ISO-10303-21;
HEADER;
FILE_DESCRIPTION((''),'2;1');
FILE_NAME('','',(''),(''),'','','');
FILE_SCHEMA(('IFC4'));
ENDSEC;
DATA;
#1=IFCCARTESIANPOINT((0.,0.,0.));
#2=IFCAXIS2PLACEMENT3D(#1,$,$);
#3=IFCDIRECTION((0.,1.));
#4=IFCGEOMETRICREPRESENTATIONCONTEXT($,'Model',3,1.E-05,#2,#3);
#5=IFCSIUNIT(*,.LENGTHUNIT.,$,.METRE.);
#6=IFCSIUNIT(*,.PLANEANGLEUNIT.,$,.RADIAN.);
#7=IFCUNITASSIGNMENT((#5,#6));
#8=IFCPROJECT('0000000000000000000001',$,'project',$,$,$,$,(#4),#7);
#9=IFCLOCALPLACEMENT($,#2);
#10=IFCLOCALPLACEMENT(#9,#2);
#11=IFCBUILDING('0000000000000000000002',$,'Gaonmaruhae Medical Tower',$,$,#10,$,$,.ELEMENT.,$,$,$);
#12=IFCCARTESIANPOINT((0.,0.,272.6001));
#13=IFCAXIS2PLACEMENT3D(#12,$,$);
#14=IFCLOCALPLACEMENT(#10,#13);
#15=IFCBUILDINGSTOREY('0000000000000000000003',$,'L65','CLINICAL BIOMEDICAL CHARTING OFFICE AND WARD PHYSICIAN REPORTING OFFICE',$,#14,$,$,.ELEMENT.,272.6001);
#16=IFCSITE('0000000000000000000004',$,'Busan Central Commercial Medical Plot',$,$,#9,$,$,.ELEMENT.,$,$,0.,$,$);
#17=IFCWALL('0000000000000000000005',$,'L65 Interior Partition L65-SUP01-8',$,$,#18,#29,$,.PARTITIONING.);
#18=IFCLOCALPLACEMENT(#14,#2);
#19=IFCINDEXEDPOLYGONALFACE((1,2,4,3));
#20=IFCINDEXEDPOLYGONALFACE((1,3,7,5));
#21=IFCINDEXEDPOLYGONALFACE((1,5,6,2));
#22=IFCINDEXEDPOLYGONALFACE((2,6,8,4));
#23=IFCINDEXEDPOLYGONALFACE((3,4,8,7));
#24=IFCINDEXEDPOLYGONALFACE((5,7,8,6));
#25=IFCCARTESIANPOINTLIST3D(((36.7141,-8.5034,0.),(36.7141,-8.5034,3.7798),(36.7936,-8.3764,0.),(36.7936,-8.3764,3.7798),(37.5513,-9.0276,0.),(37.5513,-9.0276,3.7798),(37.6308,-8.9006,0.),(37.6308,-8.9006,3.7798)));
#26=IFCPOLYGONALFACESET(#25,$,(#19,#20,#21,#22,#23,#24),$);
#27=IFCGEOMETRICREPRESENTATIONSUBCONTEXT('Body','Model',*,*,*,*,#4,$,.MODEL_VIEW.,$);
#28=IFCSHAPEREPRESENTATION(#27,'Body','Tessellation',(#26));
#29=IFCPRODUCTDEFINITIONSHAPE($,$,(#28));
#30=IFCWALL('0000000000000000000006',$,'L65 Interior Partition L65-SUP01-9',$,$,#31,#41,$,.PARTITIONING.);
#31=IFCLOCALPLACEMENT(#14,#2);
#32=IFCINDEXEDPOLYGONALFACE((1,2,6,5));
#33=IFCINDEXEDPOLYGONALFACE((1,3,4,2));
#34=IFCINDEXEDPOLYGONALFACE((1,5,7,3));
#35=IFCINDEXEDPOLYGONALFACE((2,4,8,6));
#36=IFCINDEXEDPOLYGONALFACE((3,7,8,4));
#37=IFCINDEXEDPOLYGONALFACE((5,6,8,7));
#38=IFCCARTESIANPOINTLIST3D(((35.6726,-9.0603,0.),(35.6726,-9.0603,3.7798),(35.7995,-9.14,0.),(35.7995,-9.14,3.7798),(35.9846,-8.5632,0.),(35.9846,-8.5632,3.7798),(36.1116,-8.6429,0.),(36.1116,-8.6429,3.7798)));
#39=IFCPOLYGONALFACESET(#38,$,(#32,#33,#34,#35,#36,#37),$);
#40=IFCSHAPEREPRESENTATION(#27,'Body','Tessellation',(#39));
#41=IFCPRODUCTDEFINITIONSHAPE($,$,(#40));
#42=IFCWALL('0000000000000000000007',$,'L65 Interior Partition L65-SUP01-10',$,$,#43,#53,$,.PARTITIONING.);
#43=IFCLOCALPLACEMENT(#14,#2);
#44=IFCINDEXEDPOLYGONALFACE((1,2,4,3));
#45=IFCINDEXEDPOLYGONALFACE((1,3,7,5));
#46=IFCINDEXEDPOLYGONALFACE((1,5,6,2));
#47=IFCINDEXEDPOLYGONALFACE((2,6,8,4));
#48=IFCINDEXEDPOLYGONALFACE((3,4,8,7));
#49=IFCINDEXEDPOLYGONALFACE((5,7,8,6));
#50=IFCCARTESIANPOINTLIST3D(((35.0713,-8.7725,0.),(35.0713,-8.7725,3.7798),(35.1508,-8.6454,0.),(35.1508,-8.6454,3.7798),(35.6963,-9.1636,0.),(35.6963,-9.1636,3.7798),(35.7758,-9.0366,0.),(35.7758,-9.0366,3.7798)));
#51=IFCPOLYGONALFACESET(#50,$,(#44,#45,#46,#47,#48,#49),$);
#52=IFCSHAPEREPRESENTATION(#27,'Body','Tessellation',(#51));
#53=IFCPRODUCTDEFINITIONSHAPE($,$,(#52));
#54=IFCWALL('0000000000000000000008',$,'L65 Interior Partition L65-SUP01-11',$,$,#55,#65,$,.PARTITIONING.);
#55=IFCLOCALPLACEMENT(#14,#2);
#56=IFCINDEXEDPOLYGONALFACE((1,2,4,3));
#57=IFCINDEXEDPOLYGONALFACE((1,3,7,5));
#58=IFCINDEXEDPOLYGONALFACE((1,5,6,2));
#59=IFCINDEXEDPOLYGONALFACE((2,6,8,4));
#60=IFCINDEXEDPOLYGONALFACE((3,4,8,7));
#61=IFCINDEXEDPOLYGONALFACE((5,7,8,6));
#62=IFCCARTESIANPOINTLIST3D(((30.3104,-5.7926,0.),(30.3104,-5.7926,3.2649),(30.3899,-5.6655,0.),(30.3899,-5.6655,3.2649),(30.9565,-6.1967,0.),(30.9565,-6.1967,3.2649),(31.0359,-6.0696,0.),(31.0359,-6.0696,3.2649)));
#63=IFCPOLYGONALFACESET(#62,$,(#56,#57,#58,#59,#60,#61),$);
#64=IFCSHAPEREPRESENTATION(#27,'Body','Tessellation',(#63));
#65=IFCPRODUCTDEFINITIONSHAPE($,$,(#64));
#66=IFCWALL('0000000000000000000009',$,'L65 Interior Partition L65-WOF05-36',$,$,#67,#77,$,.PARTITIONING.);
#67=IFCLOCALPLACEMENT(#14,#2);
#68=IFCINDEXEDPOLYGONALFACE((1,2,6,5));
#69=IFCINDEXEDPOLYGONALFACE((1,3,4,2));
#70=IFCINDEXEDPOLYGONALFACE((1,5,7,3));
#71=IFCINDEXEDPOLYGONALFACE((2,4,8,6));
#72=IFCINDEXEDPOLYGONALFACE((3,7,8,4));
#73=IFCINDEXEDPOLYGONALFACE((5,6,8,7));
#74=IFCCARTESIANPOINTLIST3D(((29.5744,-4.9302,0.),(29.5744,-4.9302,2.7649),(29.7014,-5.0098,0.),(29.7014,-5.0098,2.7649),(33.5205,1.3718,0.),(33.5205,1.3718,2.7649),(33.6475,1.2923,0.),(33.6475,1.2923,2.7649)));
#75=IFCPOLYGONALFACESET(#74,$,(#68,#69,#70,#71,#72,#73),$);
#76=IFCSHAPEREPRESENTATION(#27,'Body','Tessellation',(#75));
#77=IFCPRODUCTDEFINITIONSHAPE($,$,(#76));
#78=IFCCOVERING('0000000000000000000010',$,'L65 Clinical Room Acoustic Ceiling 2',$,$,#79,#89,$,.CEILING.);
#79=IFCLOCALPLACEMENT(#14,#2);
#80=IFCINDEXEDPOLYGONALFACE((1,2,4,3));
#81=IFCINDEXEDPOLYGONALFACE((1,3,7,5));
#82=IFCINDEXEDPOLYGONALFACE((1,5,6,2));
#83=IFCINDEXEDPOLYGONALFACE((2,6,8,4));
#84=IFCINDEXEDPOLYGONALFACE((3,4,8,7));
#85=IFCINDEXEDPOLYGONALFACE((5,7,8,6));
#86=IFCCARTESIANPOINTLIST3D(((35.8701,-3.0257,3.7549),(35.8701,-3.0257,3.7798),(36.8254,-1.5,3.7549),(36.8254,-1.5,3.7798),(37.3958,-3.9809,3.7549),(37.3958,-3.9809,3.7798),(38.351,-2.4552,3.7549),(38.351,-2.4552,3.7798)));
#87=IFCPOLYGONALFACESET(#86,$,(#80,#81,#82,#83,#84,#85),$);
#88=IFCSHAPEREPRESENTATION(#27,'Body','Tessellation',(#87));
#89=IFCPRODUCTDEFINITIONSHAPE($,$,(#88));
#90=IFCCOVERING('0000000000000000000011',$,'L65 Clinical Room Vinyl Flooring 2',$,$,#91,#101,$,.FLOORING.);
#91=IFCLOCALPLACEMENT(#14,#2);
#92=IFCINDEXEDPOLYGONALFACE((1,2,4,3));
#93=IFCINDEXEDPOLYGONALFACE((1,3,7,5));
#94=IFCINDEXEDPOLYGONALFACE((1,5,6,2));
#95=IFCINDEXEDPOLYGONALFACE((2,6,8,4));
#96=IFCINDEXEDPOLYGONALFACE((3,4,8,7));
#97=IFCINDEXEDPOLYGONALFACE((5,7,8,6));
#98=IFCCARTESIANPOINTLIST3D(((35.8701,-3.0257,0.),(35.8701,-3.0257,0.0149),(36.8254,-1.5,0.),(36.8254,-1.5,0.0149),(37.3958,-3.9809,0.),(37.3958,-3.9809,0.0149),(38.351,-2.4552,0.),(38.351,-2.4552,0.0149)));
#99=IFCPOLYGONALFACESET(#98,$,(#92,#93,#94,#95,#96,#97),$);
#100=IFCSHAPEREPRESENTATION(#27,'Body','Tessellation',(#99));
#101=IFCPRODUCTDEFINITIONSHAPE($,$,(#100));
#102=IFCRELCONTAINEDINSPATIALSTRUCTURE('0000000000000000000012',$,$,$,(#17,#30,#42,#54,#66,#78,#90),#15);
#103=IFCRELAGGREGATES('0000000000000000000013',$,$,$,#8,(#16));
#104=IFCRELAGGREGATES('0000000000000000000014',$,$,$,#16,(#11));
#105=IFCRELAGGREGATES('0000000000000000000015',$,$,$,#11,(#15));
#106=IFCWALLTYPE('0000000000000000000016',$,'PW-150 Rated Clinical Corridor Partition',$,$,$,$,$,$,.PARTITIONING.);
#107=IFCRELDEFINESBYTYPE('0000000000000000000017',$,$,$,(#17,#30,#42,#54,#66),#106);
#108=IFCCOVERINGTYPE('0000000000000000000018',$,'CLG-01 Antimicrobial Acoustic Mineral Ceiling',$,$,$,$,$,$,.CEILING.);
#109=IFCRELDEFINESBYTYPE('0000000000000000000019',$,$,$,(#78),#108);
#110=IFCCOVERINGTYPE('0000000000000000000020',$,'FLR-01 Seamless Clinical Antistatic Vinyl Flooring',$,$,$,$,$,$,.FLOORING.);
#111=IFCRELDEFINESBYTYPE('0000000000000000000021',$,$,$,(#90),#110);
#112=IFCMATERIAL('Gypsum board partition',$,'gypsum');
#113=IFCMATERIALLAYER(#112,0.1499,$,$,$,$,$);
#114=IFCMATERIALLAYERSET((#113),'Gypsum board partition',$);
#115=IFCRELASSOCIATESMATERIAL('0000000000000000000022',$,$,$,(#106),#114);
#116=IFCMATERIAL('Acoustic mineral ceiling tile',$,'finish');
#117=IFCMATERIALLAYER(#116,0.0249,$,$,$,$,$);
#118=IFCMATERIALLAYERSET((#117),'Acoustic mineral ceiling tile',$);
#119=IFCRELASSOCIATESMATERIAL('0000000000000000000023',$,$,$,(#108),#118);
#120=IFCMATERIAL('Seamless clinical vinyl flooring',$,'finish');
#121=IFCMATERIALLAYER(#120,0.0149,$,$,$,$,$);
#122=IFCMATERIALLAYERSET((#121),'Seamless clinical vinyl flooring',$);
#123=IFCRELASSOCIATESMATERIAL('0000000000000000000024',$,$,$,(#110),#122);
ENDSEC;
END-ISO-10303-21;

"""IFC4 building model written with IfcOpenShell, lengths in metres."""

from ifc_helpers import new_model, si_unit, direction, frame, frame_2d, origin, origin_2d, place, context, subcontext, project, spatial, rectangle, extrude, material, layer, layer_set, type_object, element, save


model = new_model("IFC4")

# Units and contexts
model_context = context("Model", 3, precision=1e-05, world=origin(), true_north=direction((0.0, 1.0)))
body_context = subcontext(model_context, "Body", "Model", "MODEL_VIEW")
ifc_project = project(units=[si_unit("LENGTHUNIT", "METRE"), si_unit("PLANEANGLEUNIT", "RADIAN")], contexts=[model_context])

# Site, building, storey
site_placement = place(None, origin())
site = spatial("IfcSite", under=ifc_project, at=site_placement, Name="Busan Central Commercial Medical Plot", CompositionType="ELEMENT", RefElevation=0.0)
building_placement = place(site_placement, origin())
building = spatial("IfcBuilding", under=site, at=building_placement, Name="Gaonmaruhae Medical Tower", CompositionType="ELEMENT")
storey_placement = place(building_placement, frame((0.0, 0.0, 272.6001)))
storey = spatial("IfcBuildingStorey", under=building, at=storey_placement, Name="L65", Description="CLINICAL BIOMEDICAL CHARTING OFFICE AND WARD PHYSICIAN REPORTING OFFICE", CompositionType="ELEMENT", Elevation=272.6001)

# Walls
ifc_material_1 = material(Name="Gypsum board partition", Category="gypsum")
ifc_layer_1 = layer(ifc_material_1, 0.1499)
ifc_layer_set_1 = layer_set([ifc_layer_1], Name="Gypsum board partition")
wall_type_1 = type_object("IfcWallType", Name="PW-150 Rated Clinical Corridor Partition", PredefinedType="PARTITIONING", material=ifc_layer_set_1)
wall_1_placement = place(storey_placement, frame((37.5911, -8.9641, 0.0), z_axis=(0.0, 0.0, 1.0), x_axis=(-0.847568, 0.530688, 0.0)))
element("IfcWall", 1, at=wall_1_placement, inside=storey, type_object=wall_type_1, Name="L65 Interior Partition L65-SUP01-8", PredefinedType="PARTITIONING", context=body_context, shape_type="SweptSolid", body=[
    extrude(rectangle(XDim=0.9878, YDim=0.1499, at=frame_2d((0.4939, 0.0))), origin(), (0.0, 0.0, 1.0), 3.7798),
])
wall_2_placement = place(storey_placement, frame((36.0481, -8.603, 0.0), z_axis=(0.0, 0.0, 1.0), x_axis=(-0.531643, -0.846968, 0.0)))
element("IfcWall", 2, at=wall_2_placement, inside=storey, type_object=wall_type_1, Name="L65 Interior Partition L65-SUP01-9", PredefinedType="PARTITIONING", context=body_context, shape_type="SweptSolid", body=[
    extrude(rectangle(XDim=0.5869, YDim=0.1499, at=frame_2d((0.2935, 0.0))), origin(), (0.0, 0.0, 1.0), 3.7798),
])
wall_3_placement = place(storey_placement, frame((35.7361, -9.1001, 0.0), z_axis=(0.0, 0.0, 1.0), x_axis=(-0.847701, 0.530475, 0.0)))
element("IfcWall", 3, at=wall_3_placement, inside=storey, type_object=wall_type_1, Name="L65 Interior Partition L65-SUP01-10", PredefinedType="PARTITIONING", context=body_context, shape_type="SweptSolid", body=[
    extrude(rectangle(XDim=0.7373, YDim=0.1499, at=frame_2d((0.3687, 0.0))), origin(), (0.0, 0.0, 1.0), 3.7798),
])
wall_4_placement = place(storey_placement, frame((30.9961, -6.1331, 0.0), z_axis=(0.0, 0.0, 1.0), x_axis=(-0.847818, 0.530287, 0.0)))
element("IfcWall", 4, at=wall_4_placement, inside=storey, type_object=wall_type_1, Name="L65 Interior Partition L65-SUP01-11", PredefinedType="PARTITIONING", context=body_context, shape_type="SweptSolid", body=[
    extrude(rectangle(XDim=0.762, YDim=0.1499, at=frame_2d((0.3809, 0.0))), origin(), (0.0, 0.0, 1.0), 3.2649),
])
wall_5_placement = place(storey_placement, frame((33.584, 1.332, 0.0), z_axis=(0.0, 0.0, 1.0), x_axis=(-0.530704, -0.847557, 0.0)))
element("IfcWall", 5, at=wall_5_placement, inside=storey, type_object=wall_type_1, Name="L65 Interior Partition L65-WOF05-36", PredefinedType="PARTITIONING", context=body_context, shape_type="SweptSolid", body=[
    extrude(rectangle(XDim=7.4355, YDim=0.1499, at=frame_2d((3.7178, 0.0))), origin(), (0.0, 0.0, 1.0), 2.7649),
])

# Coverings
ifc_material_2 = material(Name="Acoustic mineral ceiling tile", Category="finish")
ifc_layer_2 = layer(ifc_material_2, 0.0249)
ifc_layer_set_2 = layer_set([ifc_layer_2], Name="Acoustic mineral ceiling tile")
covering_type_1 = type_object("IfcCoveringType", Name="CLG-01 Antimicrobial Acoustic Mineral Ceiling", PredefinedType="CEILING", material=ifc_layer_set_2)
covering_1_placement = place(storey_placement, frame((37.1106, -2.7405, 3.7549), z_axis=(0.0, 0.0, 1.0), x_axis=(0.530659, 0.847585, 0.0)))
element("IfcCovering", 6, at=covering_1_placement, inside=storey, type_object=covering_type_1, Name="L65 Clinical Room Acoustic Ceiling 2", PredefinedType="CEILING", context=body_context, shape_type="SweptSolid", body=[
    extrude(rectangle(XDim=1.8, YDim=1.8, at=origin_2d()), origin(), (0.0, 0.0, 1.0), 0.0249),
])
ifc_material_3 = material(Name="Seamless clinical vinyl flooring", Category="finish")
ifc_layer_3 = layer(ifc_material_3, 0.0149)
ifc_layer_set_3 = layer_set([ifc_layer_3], Name="Seamless clinical vinyl flooring")
covering_type_2 = type_object("IfcCoveringType", Name="FLR-01 Seamless Clinical Antistatic Vinyl Flooring", PredefinedType="FLOORING", material=ifc_layer_set_3)
covering_2_placement = place(storey_placement, frame((37.1106, -2.7405, 0.0), z_axis=(0.0, 0.0, 1.0), x_axis=(0.530659, 0.847585, 0.0)))
element("IfcCovering", 7, at=covering_2_placement, inside=storey, type_object=covering_type_2, Name="L65 Clinical Room Vinyl Flooring 2", PredefinedType="FLOORING", context=body_context, shape_type="SweptSolid", body=[
    extrude(rectangle(XDim=1.8, YDim=1.8, at=origin_2d()), origin(), (0.0, 0.0, 1.0), 0.0149),
])

save(model, "model.ifc")
